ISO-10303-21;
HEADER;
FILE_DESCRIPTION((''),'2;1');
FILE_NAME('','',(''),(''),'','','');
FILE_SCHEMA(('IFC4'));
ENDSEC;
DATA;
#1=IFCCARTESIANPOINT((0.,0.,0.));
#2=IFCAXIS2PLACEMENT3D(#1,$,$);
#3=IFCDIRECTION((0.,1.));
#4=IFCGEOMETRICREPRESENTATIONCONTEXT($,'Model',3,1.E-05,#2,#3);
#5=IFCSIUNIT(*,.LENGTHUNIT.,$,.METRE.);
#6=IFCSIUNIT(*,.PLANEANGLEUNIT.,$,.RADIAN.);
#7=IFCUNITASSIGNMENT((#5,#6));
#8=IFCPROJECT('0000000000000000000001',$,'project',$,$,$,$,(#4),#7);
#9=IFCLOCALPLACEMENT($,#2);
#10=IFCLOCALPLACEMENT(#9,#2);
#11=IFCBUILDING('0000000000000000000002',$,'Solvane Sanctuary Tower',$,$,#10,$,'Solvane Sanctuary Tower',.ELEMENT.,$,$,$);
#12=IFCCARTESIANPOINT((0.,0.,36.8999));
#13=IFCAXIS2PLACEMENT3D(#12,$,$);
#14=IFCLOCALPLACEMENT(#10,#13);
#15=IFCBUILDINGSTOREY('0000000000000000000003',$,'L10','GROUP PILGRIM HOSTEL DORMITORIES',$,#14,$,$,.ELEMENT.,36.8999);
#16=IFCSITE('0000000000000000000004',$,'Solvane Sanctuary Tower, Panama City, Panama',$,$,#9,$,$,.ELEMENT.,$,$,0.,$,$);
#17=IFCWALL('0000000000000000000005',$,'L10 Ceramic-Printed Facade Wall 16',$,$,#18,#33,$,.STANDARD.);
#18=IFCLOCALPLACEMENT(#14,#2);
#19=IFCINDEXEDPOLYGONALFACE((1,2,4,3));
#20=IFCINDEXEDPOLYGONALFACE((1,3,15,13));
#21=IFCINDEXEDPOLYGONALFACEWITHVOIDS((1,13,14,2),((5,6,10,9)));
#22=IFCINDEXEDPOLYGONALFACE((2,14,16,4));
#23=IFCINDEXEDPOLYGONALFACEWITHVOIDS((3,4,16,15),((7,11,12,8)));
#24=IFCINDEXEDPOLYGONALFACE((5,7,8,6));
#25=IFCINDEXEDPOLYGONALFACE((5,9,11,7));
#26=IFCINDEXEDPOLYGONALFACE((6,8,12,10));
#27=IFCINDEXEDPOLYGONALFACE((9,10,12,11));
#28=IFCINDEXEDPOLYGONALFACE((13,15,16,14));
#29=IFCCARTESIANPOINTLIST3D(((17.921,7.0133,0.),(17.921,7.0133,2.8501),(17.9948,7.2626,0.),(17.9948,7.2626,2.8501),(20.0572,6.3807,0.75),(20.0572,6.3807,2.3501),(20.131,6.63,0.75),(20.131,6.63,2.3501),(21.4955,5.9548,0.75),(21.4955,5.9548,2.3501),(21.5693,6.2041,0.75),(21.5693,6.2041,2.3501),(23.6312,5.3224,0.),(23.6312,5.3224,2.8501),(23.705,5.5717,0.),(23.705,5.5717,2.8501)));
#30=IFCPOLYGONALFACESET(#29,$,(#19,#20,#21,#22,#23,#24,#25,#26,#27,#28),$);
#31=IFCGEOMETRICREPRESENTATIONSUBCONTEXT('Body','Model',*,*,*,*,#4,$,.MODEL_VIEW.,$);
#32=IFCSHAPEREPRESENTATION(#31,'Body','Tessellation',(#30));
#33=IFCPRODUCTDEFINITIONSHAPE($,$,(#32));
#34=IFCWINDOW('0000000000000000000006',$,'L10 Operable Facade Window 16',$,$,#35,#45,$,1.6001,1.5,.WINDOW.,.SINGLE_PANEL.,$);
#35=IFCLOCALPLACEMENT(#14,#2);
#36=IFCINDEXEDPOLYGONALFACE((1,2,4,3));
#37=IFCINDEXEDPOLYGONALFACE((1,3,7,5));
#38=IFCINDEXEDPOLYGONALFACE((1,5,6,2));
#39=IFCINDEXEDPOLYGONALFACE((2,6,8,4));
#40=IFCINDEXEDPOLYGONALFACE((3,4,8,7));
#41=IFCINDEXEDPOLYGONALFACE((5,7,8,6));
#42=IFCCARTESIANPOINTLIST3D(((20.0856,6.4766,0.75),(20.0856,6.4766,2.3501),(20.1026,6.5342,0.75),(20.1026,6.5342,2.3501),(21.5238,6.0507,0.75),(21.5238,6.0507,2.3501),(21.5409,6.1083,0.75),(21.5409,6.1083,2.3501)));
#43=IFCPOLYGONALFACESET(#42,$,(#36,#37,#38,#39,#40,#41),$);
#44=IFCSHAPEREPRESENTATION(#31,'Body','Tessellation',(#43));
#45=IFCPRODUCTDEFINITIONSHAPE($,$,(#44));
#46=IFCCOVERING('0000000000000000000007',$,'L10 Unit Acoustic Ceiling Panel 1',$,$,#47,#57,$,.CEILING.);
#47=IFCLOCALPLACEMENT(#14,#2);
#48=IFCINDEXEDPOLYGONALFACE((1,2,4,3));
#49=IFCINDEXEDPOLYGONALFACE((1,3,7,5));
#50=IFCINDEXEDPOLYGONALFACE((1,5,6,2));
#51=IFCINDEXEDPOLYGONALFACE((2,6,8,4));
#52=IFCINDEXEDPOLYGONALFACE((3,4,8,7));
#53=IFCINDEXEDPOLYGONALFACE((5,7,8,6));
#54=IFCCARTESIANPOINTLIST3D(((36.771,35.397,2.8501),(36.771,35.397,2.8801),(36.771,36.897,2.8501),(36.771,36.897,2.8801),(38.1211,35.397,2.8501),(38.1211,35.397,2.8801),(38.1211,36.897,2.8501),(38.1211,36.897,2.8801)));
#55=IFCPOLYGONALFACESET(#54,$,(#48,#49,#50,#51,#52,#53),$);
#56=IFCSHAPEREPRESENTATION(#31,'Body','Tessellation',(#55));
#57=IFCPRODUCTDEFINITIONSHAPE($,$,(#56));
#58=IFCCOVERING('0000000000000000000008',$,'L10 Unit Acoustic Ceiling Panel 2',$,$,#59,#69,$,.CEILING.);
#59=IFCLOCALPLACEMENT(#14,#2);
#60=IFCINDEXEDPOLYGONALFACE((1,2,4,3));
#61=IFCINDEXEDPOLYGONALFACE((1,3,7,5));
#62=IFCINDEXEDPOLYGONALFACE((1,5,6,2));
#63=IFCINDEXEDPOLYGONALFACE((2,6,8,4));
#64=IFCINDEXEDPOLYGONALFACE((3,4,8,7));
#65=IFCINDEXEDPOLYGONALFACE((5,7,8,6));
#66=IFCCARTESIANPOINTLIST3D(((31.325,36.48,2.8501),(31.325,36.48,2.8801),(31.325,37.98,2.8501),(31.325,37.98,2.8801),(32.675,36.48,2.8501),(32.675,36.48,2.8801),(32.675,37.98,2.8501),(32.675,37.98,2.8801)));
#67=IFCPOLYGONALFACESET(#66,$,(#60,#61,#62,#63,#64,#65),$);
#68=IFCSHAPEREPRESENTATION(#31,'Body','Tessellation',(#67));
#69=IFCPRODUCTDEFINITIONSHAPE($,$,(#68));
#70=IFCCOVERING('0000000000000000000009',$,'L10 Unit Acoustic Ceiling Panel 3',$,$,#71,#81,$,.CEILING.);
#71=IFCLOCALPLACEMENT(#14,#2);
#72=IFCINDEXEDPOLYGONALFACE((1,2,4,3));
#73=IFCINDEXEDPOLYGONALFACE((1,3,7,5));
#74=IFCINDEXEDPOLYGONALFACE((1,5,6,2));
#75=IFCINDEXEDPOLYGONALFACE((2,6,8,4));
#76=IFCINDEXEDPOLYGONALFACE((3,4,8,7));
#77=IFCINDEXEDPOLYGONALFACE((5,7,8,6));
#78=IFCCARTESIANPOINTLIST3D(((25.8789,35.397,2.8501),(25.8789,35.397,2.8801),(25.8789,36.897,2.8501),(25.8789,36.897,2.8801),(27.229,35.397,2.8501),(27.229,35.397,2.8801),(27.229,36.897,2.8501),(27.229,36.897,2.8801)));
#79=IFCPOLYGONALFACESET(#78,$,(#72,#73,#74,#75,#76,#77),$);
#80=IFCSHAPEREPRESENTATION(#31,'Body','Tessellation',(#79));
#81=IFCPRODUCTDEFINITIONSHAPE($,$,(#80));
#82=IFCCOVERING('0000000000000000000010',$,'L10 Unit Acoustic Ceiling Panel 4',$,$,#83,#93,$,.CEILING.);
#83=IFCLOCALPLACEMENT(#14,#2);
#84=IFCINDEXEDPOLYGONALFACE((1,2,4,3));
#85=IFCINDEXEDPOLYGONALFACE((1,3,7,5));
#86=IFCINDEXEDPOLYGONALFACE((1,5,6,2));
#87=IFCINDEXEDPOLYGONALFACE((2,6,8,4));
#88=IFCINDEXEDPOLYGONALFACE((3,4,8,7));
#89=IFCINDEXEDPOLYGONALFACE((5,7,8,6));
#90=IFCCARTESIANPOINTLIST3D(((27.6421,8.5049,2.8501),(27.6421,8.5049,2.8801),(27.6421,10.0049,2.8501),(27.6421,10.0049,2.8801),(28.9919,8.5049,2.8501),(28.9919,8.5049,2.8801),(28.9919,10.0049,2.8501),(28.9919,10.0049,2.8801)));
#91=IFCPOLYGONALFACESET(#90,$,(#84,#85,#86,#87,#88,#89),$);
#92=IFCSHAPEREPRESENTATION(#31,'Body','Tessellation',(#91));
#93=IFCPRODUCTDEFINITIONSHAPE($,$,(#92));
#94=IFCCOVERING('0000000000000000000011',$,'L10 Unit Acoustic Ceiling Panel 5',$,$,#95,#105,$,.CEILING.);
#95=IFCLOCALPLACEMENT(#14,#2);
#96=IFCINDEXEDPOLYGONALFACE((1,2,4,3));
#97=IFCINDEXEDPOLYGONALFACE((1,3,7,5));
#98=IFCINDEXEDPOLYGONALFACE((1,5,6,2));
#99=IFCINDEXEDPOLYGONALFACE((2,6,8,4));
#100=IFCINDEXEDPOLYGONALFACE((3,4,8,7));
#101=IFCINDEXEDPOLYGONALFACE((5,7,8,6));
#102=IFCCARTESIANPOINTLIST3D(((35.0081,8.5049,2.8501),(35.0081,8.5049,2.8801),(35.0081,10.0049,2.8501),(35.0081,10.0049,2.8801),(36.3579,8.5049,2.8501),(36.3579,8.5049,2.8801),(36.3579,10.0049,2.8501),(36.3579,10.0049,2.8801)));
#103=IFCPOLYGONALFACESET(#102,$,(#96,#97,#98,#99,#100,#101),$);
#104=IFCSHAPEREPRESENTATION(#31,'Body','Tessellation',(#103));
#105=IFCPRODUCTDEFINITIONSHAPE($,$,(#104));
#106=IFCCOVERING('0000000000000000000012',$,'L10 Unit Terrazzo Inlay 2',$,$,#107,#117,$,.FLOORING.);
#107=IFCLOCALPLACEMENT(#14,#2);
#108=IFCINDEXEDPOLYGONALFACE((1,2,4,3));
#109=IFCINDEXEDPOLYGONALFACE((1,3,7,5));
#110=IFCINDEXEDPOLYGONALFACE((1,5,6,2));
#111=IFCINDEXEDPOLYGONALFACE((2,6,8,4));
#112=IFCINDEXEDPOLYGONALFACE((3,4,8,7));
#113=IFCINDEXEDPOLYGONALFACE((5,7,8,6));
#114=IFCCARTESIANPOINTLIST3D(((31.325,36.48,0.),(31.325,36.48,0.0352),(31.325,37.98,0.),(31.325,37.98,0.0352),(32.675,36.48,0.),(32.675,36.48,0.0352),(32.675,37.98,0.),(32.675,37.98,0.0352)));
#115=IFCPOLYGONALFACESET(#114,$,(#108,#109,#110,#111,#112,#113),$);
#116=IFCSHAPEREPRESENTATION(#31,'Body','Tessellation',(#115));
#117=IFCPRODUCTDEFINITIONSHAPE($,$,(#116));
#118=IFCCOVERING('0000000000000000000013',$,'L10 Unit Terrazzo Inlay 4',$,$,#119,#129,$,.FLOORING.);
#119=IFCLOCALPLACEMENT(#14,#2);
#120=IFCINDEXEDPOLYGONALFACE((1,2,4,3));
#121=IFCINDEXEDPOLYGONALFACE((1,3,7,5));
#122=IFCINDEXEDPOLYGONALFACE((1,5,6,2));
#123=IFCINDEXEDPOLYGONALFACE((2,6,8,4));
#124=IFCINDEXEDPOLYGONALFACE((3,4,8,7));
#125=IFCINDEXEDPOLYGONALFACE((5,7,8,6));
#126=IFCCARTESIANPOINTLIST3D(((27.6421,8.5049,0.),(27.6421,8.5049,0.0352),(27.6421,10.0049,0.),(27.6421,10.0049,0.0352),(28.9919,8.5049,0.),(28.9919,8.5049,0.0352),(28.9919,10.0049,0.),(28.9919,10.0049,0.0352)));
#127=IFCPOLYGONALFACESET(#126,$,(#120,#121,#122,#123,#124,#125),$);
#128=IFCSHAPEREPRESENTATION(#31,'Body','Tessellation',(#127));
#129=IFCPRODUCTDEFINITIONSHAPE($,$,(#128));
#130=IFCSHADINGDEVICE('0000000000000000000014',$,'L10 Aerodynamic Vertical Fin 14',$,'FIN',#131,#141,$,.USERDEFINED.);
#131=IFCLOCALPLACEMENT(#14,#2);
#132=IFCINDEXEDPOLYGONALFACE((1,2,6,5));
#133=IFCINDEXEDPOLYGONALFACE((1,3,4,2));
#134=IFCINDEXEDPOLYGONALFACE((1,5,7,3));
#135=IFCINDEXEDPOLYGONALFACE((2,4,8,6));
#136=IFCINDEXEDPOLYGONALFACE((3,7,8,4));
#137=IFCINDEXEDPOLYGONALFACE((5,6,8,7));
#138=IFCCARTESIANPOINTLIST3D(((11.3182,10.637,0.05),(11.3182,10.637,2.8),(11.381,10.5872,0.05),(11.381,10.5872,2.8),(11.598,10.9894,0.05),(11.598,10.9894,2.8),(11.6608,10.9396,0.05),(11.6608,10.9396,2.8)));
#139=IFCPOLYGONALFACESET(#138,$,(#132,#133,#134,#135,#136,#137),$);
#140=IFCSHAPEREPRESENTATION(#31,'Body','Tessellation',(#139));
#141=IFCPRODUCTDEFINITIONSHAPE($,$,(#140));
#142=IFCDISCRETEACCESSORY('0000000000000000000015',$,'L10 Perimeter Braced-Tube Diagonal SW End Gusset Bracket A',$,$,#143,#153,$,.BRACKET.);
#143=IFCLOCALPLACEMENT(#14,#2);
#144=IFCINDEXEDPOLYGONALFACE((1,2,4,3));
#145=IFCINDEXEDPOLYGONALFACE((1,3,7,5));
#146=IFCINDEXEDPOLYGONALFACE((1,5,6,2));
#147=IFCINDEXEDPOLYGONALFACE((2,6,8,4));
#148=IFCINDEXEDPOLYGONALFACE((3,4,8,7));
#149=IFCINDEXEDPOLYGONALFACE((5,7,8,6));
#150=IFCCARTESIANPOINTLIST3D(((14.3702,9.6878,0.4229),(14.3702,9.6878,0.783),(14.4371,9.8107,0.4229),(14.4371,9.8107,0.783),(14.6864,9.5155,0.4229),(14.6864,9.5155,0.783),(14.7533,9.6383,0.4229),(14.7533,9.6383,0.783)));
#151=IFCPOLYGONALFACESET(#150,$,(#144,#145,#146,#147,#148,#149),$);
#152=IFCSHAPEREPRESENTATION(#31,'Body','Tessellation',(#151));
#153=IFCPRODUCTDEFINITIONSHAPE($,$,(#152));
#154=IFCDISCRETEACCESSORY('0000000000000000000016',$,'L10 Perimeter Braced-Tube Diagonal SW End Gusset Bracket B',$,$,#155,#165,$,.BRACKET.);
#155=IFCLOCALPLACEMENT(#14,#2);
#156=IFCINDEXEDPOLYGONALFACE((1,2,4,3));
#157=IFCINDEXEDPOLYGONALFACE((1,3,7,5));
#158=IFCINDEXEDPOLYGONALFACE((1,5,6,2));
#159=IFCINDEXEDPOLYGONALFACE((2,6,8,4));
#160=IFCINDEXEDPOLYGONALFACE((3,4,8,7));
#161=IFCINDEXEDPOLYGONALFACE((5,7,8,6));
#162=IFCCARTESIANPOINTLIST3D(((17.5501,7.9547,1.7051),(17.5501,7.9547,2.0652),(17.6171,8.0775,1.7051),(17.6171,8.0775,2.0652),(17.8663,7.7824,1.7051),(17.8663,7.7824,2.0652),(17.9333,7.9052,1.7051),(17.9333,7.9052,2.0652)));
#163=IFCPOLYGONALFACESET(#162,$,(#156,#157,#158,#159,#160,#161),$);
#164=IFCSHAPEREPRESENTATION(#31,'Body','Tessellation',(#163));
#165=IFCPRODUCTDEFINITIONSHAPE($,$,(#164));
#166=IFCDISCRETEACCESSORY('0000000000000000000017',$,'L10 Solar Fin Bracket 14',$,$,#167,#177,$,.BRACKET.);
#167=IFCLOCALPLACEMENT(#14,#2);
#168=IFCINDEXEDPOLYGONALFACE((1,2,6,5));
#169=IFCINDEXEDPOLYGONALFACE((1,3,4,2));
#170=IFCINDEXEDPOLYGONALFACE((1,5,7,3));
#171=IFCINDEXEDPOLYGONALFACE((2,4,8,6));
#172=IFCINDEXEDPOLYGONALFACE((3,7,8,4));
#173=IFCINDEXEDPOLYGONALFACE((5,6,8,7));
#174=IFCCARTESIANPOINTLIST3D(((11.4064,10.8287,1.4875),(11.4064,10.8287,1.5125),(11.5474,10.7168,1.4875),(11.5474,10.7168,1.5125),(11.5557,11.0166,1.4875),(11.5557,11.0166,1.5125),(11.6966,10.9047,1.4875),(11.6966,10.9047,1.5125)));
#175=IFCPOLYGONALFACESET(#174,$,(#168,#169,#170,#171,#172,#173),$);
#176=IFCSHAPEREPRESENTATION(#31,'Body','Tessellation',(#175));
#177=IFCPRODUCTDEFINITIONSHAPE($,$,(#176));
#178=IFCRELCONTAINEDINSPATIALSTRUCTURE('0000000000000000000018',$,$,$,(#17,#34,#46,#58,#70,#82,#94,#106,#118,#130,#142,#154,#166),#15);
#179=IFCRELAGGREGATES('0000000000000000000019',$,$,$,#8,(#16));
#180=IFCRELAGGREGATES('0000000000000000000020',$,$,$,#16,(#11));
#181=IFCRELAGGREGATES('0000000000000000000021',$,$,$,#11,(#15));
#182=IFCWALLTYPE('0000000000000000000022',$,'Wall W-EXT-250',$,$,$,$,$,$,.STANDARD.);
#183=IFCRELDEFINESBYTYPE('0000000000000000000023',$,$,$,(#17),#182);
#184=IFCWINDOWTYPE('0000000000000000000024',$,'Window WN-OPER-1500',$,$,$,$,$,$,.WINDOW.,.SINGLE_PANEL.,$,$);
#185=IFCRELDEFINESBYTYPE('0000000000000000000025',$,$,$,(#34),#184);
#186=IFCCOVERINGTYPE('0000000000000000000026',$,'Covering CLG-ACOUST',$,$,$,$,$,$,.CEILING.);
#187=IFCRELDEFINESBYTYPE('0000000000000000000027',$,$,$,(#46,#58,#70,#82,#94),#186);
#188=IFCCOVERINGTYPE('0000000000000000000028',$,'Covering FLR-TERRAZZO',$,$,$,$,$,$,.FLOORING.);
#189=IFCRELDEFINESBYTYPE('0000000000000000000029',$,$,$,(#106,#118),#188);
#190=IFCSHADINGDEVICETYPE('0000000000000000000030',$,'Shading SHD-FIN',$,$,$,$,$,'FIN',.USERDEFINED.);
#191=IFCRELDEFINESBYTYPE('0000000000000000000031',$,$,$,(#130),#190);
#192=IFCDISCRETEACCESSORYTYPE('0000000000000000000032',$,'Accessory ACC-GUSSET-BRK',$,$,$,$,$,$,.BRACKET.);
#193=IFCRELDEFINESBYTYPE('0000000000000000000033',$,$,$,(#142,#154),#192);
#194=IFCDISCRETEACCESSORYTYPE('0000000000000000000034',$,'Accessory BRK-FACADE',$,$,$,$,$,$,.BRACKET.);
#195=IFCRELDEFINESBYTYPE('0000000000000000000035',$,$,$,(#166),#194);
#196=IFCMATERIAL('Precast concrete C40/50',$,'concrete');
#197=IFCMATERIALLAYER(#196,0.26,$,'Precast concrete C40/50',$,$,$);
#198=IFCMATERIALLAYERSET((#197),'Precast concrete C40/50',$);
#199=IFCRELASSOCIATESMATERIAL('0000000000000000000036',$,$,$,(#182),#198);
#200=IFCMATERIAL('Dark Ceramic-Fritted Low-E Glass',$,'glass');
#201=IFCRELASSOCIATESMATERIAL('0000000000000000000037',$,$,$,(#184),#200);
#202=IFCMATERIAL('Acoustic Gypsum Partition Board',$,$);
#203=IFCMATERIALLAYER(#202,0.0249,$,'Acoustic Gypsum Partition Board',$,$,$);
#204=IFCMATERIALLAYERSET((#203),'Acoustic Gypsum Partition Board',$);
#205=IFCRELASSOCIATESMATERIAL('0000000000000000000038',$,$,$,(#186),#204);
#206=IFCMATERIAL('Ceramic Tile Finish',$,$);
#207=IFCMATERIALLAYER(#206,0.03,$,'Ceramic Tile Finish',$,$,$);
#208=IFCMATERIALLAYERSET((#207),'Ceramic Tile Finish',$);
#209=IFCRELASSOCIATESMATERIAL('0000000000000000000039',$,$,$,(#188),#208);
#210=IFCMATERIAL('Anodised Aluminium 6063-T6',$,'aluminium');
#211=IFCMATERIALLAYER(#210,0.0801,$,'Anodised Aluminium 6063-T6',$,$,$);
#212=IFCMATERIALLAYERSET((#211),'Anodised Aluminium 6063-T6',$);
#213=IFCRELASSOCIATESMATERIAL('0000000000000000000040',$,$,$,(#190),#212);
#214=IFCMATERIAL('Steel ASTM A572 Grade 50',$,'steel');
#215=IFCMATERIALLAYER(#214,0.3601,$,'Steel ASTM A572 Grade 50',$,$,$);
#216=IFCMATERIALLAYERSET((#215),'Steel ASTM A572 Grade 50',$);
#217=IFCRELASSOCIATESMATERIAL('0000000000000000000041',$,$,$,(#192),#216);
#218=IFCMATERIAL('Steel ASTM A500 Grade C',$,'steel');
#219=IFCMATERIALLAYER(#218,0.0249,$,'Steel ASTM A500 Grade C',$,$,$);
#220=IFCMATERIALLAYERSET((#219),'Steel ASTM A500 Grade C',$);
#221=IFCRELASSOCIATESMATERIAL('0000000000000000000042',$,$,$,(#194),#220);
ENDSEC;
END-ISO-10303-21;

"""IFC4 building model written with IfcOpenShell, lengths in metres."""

from ifc_helpers import new_model, si_unit, direction, frame, frame_2d, origin, origin_2d, place, context, subcontext, project, spatial, polyline, rectangle, outline, extrude, material, layer, layer_set, type_object, element, fill, save


model = new_model("IFC4")

# Units and contexts
model_context = context("Model", 3, precision=1e-05, world=origin(), true_north=direction((0.0, 1.0)))
body_context = subcontext(model_context, "Body", "Model", "MODEL_VIEW")
ifc_project = project(units=[si_unit("LENGTHUNIT", "METRE"), si_unit("PLANEANGLEUNIT", "RADIAN")], contexts=[model_context])

# Site, building, storey
site_placement = place(None, origin())
site = spatial("IfcSite", under=ifc_project, at=site_placement, Name="Solvane Sanctuary Tower, Panama City, Panama", CompositionType="ELEMENT", RefElevation=0.0)
building_placement = place(site_placement, origin())
building = spatial("IfcBuilding", under=site, at=building_placement, Name="Solvane Sanctuary Tower", LongName="Solvane Sanctuary Tower", CompositionType="ELEMENT")
storey_placement = place(building_placement, frame((0.0, 0.0, 36.8999)))
storey = spatial("IfcBuildingStorey", under=building, at=storey_placement, Name="L10", Description="GROUP PILGRIM HOSTEL DORMITORIES", CompositionType="ELEMENT", Elevation=36.8999)

# Shared definitions
ifc_material_1 = material(Name="Precast concrete C40/50", Category="concrete")
ifc_layer_1 = layer(ifc_material_1, 0.26, Name="Precast concrete C40/50")
ifc_layer_set_1 = layer_set([ifc_layer_1], Name="Precast concrete C40/50")
wall_type = type_object("IfcWallType", Name="Wall W-EXT-250", PredefinedType="STANDARD", material=ifc_layer_set_1)

# Wall, opening, window
wall_1_placement = place(storey_placement, frame((17.958, 7.1379, 0.0), z_axis=(0.0, 0.0, 1.0), x_axis=(0.958844, -0.283935, 0.0)))
wall_1 = element("IfcWall", 1, at=wall_1_placement, inside=storey, type_object=wall_type, Name="L10 Ceramic-Printed Facade Wall 16", PredefinedType="STANDARD", context=body_context, shape_type="SweptSolid", body=[
    extrude(rectangle(XDim=5.9553, YDim=0.26, at=frame_2d((2.9775, 0.0))), origin(), (0.0, 0.0, 1.0), 2.8501),
])
opening_placement = place(wall_1_placement, frame((2.2278, 0.0, 0.75)))
opening = element("IfcOpeningElement", 2, at=opening_placement, cuts=wall_1, PredefinedType="OPENING", context=body_context, shape_type="SweptSolid", body=[
    extrude(rectangle(XDim=1.5, YDim=1.6001, at=frame_2d((0.75, 0.8))), frame((0.0, 0.1399, 0.0), z_axis=(0.0, -1.0, 0.0), x_axis=(1.0, 0.0, 0.0)), (0.0, 0.0, 1.0), 0.28),
])
ifc_material_2 = material(Name="Dark Ceramic-Fritted Low-E Glass", Category="glass")
window_type = type_object("IfcWindowType", Name="Window WN-OPER-1500", PartitioningType="SINGLE_PANEL", PredefinedType="WINDOW", material=ifc_material_2)
window_placement = place(opening_placement, origin())
window = element("IfcWindow", 3, at=window_placement, inside=storey, type_object=window_type, Name="L10 Operable Facade Window 16", OverallHeight=1.6001, OverallWidth=1.5, PartitioningType="SINGLE_PANEL", PredefinedType="WINDOW", context=body_context, shape_type="SweptSolid", body=[
    extrude(rectangle(XDim=1.5, YDim=1.6001, at=frame_2d((0.75, 0.8))), frame((0.0, 0.03, 0.0), z_axis=(0.0, -1.0, 0.0), x_axis=(1.0, 0.0, 0.0)), (0.0, 0.0, 1.0), 0.0601),
])
fill(opening, window)

# Coverings
ifc_material_3 = material(Name="Acoustic Gypsum Partition Board")
ifc_layer_2 = layer(ifc_material_3, 0.0249, Name="Acoustic Gypsum Partition Board")
ifc_layer_set_2 = layer_set([ifc_layer_2], Name="Acoustic Gypsum Partition Board")
covering_type_1 = type_object("IfcCoveringType", Name="Covering CLG-ACOUST", PredefinedType="CEILING", material=ifc_layer_set_2)
covering_1_placement = place(storey_placement, frame((0.0, 0.0, 2.8501)))
element("IfcCovering", 4, at=covering_1_placement, inside=storey, type_object=covering_type_1, Name="L10 Unit Acoustic Ceiling Panel 1", PredefinedType="CEILING", context=body_context, shape_type="SweptSolid", body=[
    extrude(outline(polyline([(36.771, 35.397), (38.1211, 35.397), (38.1211, 36.897), (36.771, 36.897), (36.771, 35.397)])), origin(), (0.0, 0.0, 1.0), 0.03),
])
covering_2_placement = place(storey_placement, frame((0.0, 0.0, 2.8501)))
element("IfcCovering", 5, at=covering_2_placement, inside=storey, type_object=covering_type_1, Name="L10 Unit Acoustic Ceiling Panel 2", PredefinedType="CEILING", context=body_context, shape_type="SweptSolid", body=[
    extrude(outline(polyline([(31.325, 36.48), (32.675, 36.48), (32.675, 37.98), (31.325, 37.98), (31.325, 36.48)])), origin(), (0.0, 0.0, 1.0), 0.03),
])
covering_3_placement = place(storey_placement, frame((0.0, 0.0, 2.8501)))
element("IfcCovering", 6, at=covering_3_placement, inside=storey, type_object=covering_type_1, Name="L10 Unit Acoustic Ceiling Panel 3", PredefinedType="CEILING", context=body_context, shape_type="SweptSolid", body=[
    extrude(outline(polyline([(25.8789, 35.397), (27.229, 35.397), (27.229, 36.897), (25.8789, 36.897), (25.8789, 35.397)])), origin(), (0.0, 0.0, 1.0), 0.03),
])
covering_4_placement = place(storey_placement, frame((0.0, 0.0, 2.8501)))
element("IfcCovering", 7, at=covering_4_placement, inside=storey, type_object=covering_type_1, Name="L10 Unit Acoustic Ceiling Panel 4", PredefinedType="CEILING", context=body_context, shape_type="SweptSolid", body=[
    extrude(outline(polyline([(27.6421, 8.5049), (28.9919, 8.5049), (28.9919, 10.0049), (27.6421, 10.0049), (27.6421, 8.5049)])), origin(), (0.0, 0.0, 1.0), 0.03),
])
covering_5_placement = place(storey_placement, frame((0.0, 0.0, 2.8501)))
element("IfcCovering", 8, at=covering_5_placement, inside=storey, type_object=covering_type_1, Name="L10 Unit Acoustic Ceiling Panel 5", PredefinedType="CEILING", context=body_context, shape_type="SweptSolid", body=[
    extrude(outline(polyline([(35.0081, 8.5049), (36.3579, 8.5049), (36.3579, 10.0049), (35.0081, 10.0049), (35.0081, 8.5049)])), origin(), (0.0, 0.0, 1.0), 0.03),
])
ifc_material_4 = material(Name="Ceramic Tile Finish")
ifc_layer_3 = layer(ifc_material_4, 0.03, Name="Ceramic Tile Finish")
ifc_layer_set_3 = layer_set([ifc_layer_3], Name="Ceramic Tile Finish")
covering_type_2 = type_object("IfcCoveringType", Name="Covering FLR-TERRAZZO", PredefinedType="FLOORING", material=ifc_layer_set_3)
covering_6_placement = place(storey_placement, origin())
element("IfcCovering", 9, at=covering_6_placement, inside=storey, type_object=covering_type_2, Name="L10 Unit Terrazzo Inlay 2", PredefinedType="FLOORING", context=body_context, shape_type="SweptSolid", body=[
    extrude(outline(polyline([(31.325, 36.48), (32.675, 36.48), (32.675, 37.98), (31.325, 37.98), (31.325, 36.48)])), origin(), (0.0, 0.0, 1.0), 0.0352),
])
covering_7_placement = place(storey_placement, origin())
element("IfcCovering", 10, at=covering_7_placement, inside=storey, type_object=covering_type_2, Name="L10 Unit Terrazzo Inlay 4", PredefinedType="FLOORING", context=body_context, shape_type="SweptSolid", body=[
    extrude(outline(polyline([(27.6421, 8.5049), (28.9919, 8.5049), (28.9919, 10.0049), (27.6421, 10.0049), (27.6421, 8.5049)])), origin(), (0.0, 0.0, 1.0), 0.0352),
])

# Shading device
ifc_material_5 = material(Name="Anodised Aluminium 6063-T6", Category="aluminium")
ifc_layer_4 = layer(ifc_material_5, 0.0801, Name="Anodised Aluminium 6063-T6")
ifc_layer_set_4 = layer_set([ifc_layer_4], Name="Anodised Aluminium 6063-T6")
shading_device_type = type_object("IfcShadingDeviceType", Name="Shading SHD-FIN", ElementType="FIN", PredefinedType="USERDEFINED", material=ifc_layer_set_4)
shading_device_placement = place(storey_placement, frame((11.4895, 10.7883, 0.05), z_axis=(0.0, 0.0, 1.0), x_axis=(0.783136, -0.621851, 0.0)))
element("IfcShadingDevice", 11, at=shading_device_placement, inside=storey, type_object=shading_device_type, Name="L10 Aerodynamic Vertical Fin 14", ObjectType="FIN", PredefinedType="USERDEFINED", context=body_context, shape_type="SweptSolid", body=[
    extrude(rectangle(XDim=0.0801, YDim=0.45, at=origin_2d()), origin(), (0.0, 0.0, 1.0), 2.75),
])

# Discrete accessories
ifc_material_6 = material(Name="Steel ASTM A572 Grade 50", Category="steel")
ifc_layer_5 = layer(ifc_material_6, 0.3601, Name="Steel ASTM A572 Grade 50")
ifc_layer_set_5 = layer_set([ifc_layer_5], Name="Steel ASTM A572 Grade 50")
discrete_accessory_type_1 = type_object("IfcDiscreteAccessoryType", Name="Accessory ACC-GUSSET-BRK", PredefinedType="BRACKET", material=ifc_layer_set_5)
for number, where, z_axis, x_axis, name in (
    (12, (14.5618, 9.6631, 0.4229), (0.0, 0.0, 1.0), (0.878067, -0.478539, 0.0), "L10 Perimeter Braced-Tube Diagonal SW End Gusset Bracket A"),
    (13, (17.7417, 7.9299, 1.7051), (0.0, 0.0, 1.0), (0.878067, -0.478539, 0.0), "L10 Perimeter Braced-Tube Diagonal SW End Gusset Bracket B"),
):
    element("IfcDiscreteAccessory", number, at=place(storey_placement, frame(where, z_axis=z_axis, x_axis=x_axis)), inside=storey, type_object=discrete_accessory_type_1, Name=name, PredefinedType="BRACKET", context=body_context, shape_type="SweptSolid", body=[
        extrude(rectangle(XDim=0.3601, YDim=0.1399, at=origin_2d()), origin(), (0.0, 0.0, 1.0), 0.3601),
    ])
ifc_material_7 = material(Name="Steel ASTM A500 Grade C", Category="steel")
ifc_layer_6 = layer(ifc_material_7, 0.0249, Name="Steel ASTM A500 Grade C")
ifc_layer_set_6 = layer_set([ifc_layer_6], Name="Steel ASTM A500 Grade C")
discrete_accessory_type_2 = type_object("IfcDiscreteAccessoryType", Name="Accessory BRK-FACADE", PredefinedType="BRACKET", material=ifc_layer_set_6)
discrete_accessory_placement = place(storey_placement, frame((11.5515, 10.8667, 1.4875), z_axis=(0.0, 0.0, 1.0), x_axis=(0.783136, -0.621851, 0.0)))
element("IfcDiscreteAccessory", 14, at=discrete_accessory_placement, inside=storey, type_object=discrete_accessory_type_2, Name="L10 Solar Fin Bracket 14", PredefinedType="BRACKET", context=body_context, shape_type="SweptSolid", body=[
    extrude(rectangle(XDim=0.1799, YDim=0.24, at=origin_2d()), origin(), (0.0, 0.0, 1.0), 0.0249),
])

save(model, "model.ifc")
